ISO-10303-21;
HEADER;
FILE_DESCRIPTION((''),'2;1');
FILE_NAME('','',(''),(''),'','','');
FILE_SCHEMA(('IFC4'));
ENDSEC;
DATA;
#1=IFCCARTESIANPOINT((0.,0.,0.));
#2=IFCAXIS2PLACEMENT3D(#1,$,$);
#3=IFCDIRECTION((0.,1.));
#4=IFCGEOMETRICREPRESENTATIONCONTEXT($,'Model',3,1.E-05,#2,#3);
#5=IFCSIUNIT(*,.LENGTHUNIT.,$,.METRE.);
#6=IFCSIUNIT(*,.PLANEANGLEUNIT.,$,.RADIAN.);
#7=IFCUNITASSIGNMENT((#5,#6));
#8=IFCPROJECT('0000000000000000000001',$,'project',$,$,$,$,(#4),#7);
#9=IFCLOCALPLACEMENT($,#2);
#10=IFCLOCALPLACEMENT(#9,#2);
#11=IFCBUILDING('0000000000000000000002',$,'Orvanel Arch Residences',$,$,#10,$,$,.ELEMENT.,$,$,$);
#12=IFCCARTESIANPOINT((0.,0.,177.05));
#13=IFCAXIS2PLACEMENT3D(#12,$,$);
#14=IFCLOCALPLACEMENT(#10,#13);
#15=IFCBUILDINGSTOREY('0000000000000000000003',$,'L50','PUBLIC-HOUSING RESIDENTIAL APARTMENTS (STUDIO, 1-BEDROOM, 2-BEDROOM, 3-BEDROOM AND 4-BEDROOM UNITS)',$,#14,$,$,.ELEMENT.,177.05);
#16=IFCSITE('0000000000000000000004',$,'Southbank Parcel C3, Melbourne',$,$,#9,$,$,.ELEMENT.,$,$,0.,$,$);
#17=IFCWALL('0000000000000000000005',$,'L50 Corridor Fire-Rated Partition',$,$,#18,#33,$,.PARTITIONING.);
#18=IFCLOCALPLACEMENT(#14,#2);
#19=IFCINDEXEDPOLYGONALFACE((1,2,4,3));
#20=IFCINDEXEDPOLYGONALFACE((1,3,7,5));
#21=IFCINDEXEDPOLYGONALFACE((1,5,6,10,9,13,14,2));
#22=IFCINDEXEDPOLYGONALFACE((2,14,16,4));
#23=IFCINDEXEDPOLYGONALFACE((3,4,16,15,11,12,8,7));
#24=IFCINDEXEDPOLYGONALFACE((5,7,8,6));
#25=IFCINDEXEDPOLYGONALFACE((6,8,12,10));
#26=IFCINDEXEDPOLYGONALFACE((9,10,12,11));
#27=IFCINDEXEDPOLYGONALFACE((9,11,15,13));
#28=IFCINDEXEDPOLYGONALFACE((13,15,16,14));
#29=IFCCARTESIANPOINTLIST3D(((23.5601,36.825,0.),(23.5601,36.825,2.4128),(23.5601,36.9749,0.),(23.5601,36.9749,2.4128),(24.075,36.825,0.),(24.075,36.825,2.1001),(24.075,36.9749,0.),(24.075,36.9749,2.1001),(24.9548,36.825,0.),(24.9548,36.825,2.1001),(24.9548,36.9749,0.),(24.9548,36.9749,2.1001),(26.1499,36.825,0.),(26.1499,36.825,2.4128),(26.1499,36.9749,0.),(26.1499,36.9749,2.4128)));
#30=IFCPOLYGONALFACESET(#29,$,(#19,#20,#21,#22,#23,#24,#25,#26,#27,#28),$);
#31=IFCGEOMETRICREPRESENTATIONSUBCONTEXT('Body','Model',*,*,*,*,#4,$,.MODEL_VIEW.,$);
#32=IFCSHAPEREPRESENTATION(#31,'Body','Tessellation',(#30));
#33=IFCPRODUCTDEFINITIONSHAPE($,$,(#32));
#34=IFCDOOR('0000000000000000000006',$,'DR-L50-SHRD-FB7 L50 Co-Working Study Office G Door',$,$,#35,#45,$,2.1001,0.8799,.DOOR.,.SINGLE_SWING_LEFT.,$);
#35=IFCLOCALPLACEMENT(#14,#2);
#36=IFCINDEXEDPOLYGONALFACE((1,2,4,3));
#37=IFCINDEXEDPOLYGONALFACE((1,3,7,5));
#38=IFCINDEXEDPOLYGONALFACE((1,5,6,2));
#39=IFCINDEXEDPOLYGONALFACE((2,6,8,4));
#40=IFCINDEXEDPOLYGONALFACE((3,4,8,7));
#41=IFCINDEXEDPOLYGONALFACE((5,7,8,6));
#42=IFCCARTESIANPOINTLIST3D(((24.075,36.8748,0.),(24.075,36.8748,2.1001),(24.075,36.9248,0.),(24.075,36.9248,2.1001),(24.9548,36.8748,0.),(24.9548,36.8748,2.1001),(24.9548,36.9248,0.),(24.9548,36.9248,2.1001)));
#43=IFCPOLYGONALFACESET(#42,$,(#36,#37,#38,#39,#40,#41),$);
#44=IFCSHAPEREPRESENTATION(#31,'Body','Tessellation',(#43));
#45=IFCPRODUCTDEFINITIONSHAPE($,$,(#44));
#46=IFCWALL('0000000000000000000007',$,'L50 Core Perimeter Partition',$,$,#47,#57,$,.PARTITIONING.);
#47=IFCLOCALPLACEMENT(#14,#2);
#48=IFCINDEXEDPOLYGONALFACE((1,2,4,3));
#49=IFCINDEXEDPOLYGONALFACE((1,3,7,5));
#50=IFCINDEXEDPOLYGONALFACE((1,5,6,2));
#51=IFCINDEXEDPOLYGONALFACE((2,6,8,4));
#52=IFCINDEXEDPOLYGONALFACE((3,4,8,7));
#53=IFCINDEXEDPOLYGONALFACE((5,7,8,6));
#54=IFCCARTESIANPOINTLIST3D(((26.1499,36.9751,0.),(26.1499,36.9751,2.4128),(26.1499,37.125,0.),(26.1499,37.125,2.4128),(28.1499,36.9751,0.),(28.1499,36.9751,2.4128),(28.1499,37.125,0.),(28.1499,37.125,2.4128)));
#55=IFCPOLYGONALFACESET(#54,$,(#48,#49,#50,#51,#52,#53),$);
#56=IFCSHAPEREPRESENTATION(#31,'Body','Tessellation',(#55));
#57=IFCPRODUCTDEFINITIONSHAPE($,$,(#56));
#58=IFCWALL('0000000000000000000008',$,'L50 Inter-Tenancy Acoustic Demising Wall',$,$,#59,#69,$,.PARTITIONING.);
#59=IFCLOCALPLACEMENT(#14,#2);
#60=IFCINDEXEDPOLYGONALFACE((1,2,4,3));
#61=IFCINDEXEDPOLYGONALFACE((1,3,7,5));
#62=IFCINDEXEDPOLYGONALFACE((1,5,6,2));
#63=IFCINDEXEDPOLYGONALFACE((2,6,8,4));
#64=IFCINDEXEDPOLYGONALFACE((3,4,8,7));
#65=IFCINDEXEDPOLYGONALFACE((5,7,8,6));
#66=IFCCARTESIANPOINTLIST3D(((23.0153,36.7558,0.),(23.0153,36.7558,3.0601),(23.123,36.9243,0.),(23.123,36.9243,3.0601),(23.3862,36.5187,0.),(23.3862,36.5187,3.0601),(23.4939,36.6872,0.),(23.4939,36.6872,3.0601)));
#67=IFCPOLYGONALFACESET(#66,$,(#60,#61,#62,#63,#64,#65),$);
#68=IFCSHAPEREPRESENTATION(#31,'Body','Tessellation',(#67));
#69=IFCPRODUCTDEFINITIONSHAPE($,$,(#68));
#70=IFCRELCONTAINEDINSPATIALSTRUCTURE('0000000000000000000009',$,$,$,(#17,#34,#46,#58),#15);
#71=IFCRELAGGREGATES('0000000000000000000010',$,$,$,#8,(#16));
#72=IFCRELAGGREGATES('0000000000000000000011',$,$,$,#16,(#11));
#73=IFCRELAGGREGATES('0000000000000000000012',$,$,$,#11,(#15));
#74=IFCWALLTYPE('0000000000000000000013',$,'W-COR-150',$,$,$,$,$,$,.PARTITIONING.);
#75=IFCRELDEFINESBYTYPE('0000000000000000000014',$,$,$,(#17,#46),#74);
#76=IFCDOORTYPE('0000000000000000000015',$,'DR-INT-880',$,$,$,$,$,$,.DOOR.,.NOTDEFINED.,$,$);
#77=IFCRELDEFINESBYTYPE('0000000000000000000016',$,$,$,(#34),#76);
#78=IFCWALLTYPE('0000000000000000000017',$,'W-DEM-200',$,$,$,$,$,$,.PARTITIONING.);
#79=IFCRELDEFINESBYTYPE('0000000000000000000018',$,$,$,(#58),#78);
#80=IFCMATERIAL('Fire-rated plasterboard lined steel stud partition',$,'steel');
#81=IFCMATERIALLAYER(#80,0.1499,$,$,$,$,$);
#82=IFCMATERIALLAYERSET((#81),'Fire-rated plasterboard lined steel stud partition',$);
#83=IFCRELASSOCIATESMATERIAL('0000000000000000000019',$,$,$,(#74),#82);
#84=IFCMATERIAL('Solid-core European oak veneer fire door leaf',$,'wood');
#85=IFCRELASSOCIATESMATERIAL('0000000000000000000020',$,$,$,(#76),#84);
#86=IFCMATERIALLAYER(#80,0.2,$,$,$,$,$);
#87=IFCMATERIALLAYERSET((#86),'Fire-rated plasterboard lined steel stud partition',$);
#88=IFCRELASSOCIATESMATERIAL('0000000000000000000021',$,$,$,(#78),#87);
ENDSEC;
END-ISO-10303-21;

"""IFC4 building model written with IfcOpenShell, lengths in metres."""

from ifc_helpers import new_model, si_unit, direction, frame, frame_2d, origin, place, context, subcontext, project, spatial, rectangle, extrude, material, layer, layer_set, type_object, element, fill, save


model = new_model("IFC4")

# Units and contexts
model_context = context("Model", 3, precision=1e-05, world=origin(), true_north=direction((0.0, 1.0)))
body_context = subcontext(model_context, "Body", "Model", "MODEL_VIEW")
ifc_project = project(units=[si_unit("LENGTHUNIT", "METRE"), si_unit("PLANEANGLEUNIT", "RADIAN")], contexts=[model_context])

# Site, building, storey
site_placement = place(None, origin())
site = spatial("IfcSite", under=ifc_project, at=site_placement, Name="Southbank Parcel C3, Melbourne", CompositionType="ELEMENT", RefElevation=0.0)
building_placement = place(site_placement, origin())
building = spatial("IfcBuilding", under=site, at=building_placement, Name="Orvanel Arch Residences", CompositionType="ELEMENT")
storey_placement = place(building_placement, frame((0.0, 0.0, 177.05)))
storey = spatial("IfcBuildingStorey", under=building, at=storey_placement, Name="L50", Description="PUBLIC-HOUSING RESIDENTIAL APARTMENTS (STUDIO, 1-BEDROOM, 2-BEDROOM, 3-BEDROOM AND 4-BEDROOM UNITS)", CompositionType="ELEMENT", Elevation=177.05)

# Shared definitions
ifc_material_1 = material(Name="Fire-rated plasterboard lined steel stud partition", Category="steel")
ifc_layer_1 = layer(ifc_material_1, 0.1499)
ifc_layer_set_1 = layer_set([ifc_layer_1], Name="Fire-rated plasterboard lined steel stud partition")
wall_type_1 = type_object("IfcWallType", Name="W-COR-150", PredefinedType="PARTITIONING", material=ifc_layer_set_1)

# Wall, opening, door
wall_1_placement = place(storey_placement, frame((23.5601, 36.8999, 0.0), z_axis=(0.0, 0.0, 1.0), x_axis=(1.0, 0.0, 0.0)))
wall_1 = element("IfcWall", 1, at=wall_1_placement, inside=storey, type_object=wall_type_1, Name="L50 Corridor Fire-Rated Partition", PredefinedType="PARTITIONING", context=body_context, shape_type="SweptSolid", body=[
    extrude(rectangle(XDim=2.5898, YDim=0.1499, at=frame_2d((1.2949, 0.0))), origin(), (0.0, 0.0, 1.0), 2.4128),
])
opening_1_placement = place(wall_1_placement, frame((0.5149, 0.0, 0.0)))
opening_1 = element("IfcOpeningElement", 2, at=opening_1_placement, cuts=wall_1, PredefinedType="OPENING", context=body_context, shape_type="SweptSolid", body=[
    extrude(rectangle(XDim=0.8799, YDim=2.1001, at=frame_2d((0.4399, 1.05))), frame((0.0, 0.085, 0.0), z_axis=(0.0, -1.0, 0.0), x_axis=(1.0, 0.0, 0.0)), (0.0, 0.0, 1.0), 0.1699),
])
ifc_material_2 = material(Name="Solid-core European oak veneer fire door leaf", Category="wood")
door_type_1 = type_object("IfcDoorType", Name="DR-INT-880", OperationType="NOTDEFINED", PredefinedType="DOOR", material=ifc_material_2)
door_1_placement = place(opening_1_placement, origin())
door_1 = element("IfcDoor", 3, at=door_1_placement, inside=storey, type_object=door_type_1, Name="DR-L50-SHRD-FB7 L50 Co-Working Study Office G Door", OperationType="SINGLE_SWING_LEFT", OverallHeight=2.1001, OverallWidth=0.8799, PredefinedType="DOOR", context=body_context, shape_type="SweptSolid", body=[
    extrude(rectangle(XDim=0.8799, YDim=2.1001, at=frame_2d((0.4399, 1.05))), frame((0.0, 0.0249, 0.0), z_axis=(0.0, -1.0, 0.0), x_axis=(1.0, 0.0, 0.0)), (0.0, 0.0, 1.0), 0.05),
])
fill(opening_1, door_1)

# Walls
wall_2_placement = place(storey_placement, frame((26.1499, 37.05, 0.0), z_axis=(0.0, 0.0, 1.0), x_axis=(1.0, 0.0, 0.0)))
element("IfcWall", 4, at=wall_2_placement, inside=storey, type_object=wall_type_1, Name="L50 Core Perimeter Partition", PredefinedType="PARTITIONING", context=body_context, shape_type="SweptSolid", body=[
    extrude(rectangle(XDim=2.0, YDim=0.1499, at=frame_2d((1.0, 0.0))), origin(), (0.0, 0.0, 1.0), 2.4128),
])
ifc_layer_2 = layer(ifc_material_1, 0.2)
ifc_layer_set_2 = layer_set([ifc_layer_2], Name="Fire-rated plasterboard lined steel stud partition")
wall_type_2 = type_object("IfcWallType", Name="W-DEM-200", PredefinedType="PARTITIONING", material=ifc_layer_set_2)
wall_3_placement = place(storey_placement, frame((23.0691, 36.8401, 0.0), z_axis=(0.0, 0.0, 1.0), x_axis=(0.842563, -0.538597, 0.0)))
element("IfcWall", 5, at=wall_3_placement, inside=storey, type_object=wall_type_2, Name="L50 Inter-Tenancy Acoustic Demising Wall", PredefinedType="PARTITIONING", context=body_context, shape_type="SweptSolid", body=[
    extrude(rectangle(XDim=0.4402, YDim=0.2, at=frame_2d((0.2202, 0.0))), origin(), (0.0, 0.0, 1.0), 3.0601),
])

save(model, "model.ifc")
